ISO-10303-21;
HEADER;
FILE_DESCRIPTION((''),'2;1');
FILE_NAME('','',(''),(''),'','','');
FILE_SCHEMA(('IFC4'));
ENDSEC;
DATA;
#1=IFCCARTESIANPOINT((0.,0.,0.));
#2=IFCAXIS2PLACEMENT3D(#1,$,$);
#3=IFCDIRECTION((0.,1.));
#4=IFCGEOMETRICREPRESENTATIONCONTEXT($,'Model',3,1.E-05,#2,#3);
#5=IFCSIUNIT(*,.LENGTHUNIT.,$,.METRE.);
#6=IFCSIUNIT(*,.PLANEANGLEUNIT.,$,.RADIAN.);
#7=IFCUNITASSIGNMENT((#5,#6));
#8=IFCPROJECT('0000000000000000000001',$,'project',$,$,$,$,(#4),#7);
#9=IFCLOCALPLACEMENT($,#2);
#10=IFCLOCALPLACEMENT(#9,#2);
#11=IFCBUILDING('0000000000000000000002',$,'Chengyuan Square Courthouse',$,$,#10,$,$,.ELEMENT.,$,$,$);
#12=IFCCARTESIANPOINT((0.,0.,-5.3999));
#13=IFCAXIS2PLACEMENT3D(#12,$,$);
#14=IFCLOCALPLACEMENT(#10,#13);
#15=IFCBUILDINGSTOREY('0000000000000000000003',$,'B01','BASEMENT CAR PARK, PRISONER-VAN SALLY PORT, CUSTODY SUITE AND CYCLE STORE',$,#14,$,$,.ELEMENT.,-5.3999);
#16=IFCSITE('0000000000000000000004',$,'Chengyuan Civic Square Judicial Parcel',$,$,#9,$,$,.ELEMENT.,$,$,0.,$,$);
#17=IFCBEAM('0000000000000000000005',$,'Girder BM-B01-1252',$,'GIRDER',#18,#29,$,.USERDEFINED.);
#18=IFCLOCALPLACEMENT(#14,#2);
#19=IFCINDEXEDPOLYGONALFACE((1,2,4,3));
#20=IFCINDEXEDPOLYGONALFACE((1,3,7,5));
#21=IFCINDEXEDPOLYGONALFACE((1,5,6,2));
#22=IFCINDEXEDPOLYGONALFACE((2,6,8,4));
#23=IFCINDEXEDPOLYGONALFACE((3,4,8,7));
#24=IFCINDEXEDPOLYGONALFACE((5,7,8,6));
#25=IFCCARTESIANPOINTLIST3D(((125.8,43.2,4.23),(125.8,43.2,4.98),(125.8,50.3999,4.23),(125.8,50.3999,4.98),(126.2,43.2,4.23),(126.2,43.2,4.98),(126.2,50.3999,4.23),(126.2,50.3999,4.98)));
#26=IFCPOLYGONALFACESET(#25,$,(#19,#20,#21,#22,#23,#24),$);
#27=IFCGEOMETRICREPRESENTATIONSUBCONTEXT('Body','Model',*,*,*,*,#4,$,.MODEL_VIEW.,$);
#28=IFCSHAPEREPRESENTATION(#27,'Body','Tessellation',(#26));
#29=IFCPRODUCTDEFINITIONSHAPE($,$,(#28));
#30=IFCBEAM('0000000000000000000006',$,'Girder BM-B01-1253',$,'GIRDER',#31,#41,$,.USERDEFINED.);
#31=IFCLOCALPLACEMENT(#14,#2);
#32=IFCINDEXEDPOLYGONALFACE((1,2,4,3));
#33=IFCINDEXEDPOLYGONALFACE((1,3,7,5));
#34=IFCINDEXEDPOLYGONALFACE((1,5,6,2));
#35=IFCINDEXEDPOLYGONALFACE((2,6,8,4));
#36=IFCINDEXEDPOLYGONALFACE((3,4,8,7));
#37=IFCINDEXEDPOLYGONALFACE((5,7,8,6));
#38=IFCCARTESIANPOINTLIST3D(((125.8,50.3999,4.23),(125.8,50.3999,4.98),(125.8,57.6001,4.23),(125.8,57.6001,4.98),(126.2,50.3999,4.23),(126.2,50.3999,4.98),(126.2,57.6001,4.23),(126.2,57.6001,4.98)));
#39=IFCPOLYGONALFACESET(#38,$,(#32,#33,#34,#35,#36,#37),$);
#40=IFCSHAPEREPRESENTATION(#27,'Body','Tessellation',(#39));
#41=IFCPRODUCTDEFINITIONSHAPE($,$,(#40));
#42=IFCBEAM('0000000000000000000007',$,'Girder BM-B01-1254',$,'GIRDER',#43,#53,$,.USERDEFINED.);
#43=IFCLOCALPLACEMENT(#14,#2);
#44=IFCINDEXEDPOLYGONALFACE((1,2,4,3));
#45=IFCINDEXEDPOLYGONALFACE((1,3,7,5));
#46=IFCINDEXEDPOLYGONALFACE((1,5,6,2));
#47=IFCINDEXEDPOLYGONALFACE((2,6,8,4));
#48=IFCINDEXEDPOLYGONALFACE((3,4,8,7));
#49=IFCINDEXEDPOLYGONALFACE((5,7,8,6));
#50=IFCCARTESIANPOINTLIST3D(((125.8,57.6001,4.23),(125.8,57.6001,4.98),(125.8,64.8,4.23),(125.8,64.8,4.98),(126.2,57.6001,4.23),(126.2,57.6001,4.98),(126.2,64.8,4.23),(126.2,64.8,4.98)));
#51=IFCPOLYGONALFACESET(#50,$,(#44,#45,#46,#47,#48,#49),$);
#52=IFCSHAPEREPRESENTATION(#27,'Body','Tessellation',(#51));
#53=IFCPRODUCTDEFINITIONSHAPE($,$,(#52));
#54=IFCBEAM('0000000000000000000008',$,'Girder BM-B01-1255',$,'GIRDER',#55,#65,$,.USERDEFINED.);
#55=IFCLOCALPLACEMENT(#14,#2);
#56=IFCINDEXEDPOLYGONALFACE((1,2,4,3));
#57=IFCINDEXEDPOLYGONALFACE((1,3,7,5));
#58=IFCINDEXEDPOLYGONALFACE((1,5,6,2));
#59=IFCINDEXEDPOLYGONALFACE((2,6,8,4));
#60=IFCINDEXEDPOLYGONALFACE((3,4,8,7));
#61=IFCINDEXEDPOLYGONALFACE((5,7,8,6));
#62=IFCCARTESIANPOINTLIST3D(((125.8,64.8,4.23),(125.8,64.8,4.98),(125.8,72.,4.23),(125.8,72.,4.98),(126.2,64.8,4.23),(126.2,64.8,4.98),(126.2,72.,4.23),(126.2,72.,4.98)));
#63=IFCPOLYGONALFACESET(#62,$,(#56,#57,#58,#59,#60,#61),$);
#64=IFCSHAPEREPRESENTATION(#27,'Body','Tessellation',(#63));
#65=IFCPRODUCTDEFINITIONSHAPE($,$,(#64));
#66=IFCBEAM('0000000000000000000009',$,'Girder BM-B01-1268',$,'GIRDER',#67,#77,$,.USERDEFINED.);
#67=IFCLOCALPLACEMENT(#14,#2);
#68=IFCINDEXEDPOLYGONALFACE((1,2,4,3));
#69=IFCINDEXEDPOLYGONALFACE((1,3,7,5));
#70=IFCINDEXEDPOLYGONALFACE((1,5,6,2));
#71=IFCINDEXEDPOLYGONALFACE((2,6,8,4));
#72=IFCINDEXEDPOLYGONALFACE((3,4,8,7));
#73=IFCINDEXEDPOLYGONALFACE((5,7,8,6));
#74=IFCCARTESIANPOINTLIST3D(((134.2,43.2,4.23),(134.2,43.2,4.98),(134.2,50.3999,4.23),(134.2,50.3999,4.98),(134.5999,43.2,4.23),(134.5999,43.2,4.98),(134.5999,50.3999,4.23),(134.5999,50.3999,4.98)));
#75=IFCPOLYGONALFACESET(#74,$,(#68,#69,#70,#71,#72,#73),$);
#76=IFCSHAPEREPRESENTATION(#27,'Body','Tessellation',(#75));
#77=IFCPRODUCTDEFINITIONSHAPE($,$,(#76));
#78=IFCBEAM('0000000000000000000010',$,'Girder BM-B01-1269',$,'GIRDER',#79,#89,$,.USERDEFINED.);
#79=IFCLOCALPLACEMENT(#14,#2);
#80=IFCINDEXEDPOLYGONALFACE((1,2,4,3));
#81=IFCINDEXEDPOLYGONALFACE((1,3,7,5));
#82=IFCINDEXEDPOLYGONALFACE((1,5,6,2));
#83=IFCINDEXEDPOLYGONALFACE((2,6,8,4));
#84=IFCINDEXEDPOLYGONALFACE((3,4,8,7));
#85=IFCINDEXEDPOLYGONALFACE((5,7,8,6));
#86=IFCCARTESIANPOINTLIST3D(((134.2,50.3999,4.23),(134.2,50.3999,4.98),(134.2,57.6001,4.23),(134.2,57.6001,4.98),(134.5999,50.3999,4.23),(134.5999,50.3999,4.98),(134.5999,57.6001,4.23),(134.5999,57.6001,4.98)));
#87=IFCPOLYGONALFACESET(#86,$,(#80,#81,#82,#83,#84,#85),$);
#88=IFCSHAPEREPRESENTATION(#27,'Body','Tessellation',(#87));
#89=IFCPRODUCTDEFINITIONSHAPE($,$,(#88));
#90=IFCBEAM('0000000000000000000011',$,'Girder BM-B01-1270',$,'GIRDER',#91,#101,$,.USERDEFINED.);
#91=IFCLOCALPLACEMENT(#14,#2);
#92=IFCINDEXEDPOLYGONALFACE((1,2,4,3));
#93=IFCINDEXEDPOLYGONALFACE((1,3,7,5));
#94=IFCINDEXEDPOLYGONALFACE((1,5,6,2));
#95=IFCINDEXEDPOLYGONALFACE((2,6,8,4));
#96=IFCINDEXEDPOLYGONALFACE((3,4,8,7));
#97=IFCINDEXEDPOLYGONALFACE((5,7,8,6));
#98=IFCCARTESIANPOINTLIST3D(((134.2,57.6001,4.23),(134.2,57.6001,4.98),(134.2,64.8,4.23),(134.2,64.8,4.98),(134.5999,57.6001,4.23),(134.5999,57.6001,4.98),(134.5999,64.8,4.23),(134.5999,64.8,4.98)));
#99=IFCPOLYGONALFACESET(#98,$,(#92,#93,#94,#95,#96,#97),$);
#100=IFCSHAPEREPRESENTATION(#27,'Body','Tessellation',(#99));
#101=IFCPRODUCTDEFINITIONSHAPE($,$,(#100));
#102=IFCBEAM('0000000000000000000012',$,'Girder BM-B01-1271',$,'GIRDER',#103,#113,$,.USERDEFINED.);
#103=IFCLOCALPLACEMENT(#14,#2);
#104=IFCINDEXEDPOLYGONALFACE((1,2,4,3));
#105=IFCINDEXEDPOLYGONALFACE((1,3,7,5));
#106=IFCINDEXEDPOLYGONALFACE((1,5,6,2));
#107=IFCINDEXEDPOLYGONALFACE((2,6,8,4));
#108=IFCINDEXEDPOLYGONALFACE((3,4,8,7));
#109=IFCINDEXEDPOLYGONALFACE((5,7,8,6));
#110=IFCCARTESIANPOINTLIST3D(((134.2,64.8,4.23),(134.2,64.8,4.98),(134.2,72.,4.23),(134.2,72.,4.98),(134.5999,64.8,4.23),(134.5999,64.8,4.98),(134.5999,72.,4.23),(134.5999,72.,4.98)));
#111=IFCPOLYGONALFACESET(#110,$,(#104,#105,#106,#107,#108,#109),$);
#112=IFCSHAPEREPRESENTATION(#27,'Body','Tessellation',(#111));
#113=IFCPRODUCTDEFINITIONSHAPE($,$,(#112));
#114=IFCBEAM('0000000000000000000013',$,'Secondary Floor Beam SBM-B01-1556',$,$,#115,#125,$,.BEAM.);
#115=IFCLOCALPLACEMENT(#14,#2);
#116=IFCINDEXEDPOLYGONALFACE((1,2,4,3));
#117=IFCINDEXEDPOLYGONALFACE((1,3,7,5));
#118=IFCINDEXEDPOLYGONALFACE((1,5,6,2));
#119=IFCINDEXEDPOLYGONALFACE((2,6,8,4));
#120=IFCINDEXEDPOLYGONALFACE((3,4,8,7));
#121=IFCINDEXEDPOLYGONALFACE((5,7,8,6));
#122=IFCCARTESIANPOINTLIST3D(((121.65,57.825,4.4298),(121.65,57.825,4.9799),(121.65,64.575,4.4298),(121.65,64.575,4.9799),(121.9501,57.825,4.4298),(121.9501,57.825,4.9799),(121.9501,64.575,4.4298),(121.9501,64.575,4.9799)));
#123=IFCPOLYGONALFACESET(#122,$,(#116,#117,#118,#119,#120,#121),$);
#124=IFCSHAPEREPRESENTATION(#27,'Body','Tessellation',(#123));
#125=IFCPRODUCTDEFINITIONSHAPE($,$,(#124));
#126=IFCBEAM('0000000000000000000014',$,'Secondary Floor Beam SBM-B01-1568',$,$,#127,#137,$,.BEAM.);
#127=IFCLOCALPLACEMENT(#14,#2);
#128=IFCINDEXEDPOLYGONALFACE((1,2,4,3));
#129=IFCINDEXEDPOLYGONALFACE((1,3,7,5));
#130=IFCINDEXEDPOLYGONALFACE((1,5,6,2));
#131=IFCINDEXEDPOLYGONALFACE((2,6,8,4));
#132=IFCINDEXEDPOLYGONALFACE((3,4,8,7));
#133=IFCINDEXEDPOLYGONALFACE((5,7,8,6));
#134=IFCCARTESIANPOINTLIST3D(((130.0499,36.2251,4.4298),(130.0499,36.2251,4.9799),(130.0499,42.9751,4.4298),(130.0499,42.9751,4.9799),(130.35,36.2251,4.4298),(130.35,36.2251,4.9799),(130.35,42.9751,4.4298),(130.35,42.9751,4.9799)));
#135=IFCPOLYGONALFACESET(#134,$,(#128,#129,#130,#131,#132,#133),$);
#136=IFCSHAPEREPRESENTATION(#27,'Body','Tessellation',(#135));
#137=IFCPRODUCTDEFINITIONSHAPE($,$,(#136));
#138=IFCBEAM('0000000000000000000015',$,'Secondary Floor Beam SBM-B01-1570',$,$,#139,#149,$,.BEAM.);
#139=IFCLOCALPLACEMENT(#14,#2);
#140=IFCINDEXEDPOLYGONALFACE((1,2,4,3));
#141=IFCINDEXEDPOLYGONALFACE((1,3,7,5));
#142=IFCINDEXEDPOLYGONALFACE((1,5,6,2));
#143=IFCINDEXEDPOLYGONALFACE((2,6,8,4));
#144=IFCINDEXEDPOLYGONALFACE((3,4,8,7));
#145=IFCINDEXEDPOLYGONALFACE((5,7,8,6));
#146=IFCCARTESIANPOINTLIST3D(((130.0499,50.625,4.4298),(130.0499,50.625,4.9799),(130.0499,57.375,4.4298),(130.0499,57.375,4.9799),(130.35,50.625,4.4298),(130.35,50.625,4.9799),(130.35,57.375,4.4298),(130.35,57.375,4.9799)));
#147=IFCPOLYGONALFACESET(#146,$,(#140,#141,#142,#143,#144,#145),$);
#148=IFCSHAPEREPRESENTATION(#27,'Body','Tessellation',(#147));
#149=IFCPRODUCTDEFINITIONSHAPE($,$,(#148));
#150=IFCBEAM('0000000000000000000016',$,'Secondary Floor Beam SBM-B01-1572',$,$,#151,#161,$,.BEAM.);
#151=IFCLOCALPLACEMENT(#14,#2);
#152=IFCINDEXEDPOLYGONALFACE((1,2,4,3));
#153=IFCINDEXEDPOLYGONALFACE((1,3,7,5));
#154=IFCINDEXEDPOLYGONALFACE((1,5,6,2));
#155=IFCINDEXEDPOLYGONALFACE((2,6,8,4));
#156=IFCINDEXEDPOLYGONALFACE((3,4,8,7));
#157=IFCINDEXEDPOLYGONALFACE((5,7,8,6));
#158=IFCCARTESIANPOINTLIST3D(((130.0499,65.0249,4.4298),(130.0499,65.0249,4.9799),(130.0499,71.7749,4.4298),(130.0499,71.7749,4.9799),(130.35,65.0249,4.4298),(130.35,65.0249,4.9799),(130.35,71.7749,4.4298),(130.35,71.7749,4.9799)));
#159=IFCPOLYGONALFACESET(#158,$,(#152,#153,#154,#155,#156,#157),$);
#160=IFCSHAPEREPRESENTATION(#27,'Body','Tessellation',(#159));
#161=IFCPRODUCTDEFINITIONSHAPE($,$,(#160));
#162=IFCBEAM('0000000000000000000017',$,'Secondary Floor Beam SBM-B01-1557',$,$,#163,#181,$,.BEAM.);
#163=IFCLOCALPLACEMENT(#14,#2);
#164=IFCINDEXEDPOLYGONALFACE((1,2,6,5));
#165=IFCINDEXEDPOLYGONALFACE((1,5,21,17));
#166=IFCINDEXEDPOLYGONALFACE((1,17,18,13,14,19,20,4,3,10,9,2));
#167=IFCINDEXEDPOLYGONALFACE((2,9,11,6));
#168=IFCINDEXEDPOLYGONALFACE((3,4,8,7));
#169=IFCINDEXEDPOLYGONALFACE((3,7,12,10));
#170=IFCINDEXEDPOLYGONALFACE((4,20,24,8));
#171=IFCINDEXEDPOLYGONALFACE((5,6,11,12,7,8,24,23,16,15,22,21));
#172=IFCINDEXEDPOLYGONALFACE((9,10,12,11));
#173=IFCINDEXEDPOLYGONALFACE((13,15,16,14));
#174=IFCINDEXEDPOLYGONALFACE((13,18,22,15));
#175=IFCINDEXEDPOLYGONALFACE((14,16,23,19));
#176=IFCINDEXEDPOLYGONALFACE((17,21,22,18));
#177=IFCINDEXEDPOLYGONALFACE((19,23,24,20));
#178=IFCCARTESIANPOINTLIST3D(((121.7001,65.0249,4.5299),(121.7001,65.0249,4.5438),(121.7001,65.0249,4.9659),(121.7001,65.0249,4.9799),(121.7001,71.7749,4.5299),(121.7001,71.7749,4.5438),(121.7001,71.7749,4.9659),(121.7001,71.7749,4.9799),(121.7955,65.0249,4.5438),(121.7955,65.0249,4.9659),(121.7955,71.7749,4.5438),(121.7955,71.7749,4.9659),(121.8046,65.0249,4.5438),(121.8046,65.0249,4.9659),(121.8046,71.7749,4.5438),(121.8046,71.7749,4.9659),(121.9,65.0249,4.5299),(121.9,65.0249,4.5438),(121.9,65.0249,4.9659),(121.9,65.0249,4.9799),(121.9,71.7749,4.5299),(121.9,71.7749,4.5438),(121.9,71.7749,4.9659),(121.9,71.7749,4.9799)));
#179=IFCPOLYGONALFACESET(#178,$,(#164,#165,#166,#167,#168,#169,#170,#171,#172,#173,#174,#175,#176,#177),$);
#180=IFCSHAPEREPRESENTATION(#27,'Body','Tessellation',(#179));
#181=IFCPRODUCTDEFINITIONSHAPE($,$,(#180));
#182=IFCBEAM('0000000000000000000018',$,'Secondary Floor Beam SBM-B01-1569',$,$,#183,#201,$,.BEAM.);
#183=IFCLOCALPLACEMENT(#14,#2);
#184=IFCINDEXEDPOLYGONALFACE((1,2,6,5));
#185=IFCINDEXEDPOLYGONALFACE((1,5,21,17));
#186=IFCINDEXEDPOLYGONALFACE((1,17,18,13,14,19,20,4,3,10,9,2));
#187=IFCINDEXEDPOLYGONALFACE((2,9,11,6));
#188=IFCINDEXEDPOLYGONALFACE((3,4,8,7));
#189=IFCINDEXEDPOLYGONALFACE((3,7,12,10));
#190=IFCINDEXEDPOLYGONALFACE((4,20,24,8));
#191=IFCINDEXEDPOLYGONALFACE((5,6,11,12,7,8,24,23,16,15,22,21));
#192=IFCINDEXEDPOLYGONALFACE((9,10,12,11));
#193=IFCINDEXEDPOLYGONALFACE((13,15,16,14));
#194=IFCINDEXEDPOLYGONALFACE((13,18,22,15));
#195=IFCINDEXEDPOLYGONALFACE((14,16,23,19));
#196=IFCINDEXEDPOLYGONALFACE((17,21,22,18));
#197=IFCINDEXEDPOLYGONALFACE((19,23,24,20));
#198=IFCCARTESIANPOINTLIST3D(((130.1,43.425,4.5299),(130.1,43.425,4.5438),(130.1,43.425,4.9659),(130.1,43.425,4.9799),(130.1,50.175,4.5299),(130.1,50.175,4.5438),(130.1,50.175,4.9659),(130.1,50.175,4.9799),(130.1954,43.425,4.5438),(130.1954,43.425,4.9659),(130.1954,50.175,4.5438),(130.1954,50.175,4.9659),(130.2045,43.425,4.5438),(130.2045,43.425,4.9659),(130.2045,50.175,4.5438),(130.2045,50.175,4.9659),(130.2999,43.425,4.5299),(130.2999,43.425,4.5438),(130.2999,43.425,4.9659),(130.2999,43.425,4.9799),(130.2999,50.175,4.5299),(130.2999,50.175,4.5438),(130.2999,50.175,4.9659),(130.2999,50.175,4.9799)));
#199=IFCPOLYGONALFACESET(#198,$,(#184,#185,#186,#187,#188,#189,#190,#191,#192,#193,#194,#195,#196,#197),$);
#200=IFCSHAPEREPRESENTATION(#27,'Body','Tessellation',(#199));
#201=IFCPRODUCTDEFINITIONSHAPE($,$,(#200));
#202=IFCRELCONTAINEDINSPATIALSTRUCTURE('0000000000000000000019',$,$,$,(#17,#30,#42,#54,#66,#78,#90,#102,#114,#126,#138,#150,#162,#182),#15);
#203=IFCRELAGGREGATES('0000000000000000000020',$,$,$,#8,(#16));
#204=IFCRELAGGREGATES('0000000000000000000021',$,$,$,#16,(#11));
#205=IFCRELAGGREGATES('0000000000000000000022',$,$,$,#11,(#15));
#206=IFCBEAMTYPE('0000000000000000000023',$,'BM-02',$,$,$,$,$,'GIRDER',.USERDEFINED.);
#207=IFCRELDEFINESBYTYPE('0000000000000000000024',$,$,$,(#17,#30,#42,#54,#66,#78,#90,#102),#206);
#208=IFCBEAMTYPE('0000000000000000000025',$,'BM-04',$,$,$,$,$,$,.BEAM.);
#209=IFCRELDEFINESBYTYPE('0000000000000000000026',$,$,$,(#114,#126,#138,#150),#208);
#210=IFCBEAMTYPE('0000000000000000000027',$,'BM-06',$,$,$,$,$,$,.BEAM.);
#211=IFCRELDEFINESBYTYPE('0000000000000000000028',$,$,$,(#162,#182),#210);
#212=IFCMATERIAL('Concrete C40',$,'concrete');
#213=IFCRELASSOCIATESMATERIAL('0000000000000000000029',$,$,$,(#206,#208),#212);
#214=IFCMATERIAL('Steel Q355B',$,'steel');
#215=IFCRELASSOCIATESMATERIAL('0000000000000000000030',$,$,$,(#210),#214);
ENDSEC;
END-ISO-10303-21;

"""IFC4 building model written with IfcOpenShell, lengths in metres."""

from ifc_helpers import new_model, si_unit, direction, frame, origin, origin_2d, place, context, subcontext, project, spatial, rectangle, i_section, extrude, material, material_profile, profile_set, type_object, element, save


model = new_model("IFC4")

# Units and contexts
model_context = context("Model", 3, precision=1e-05, world=origin(), true_north=direction((0.0, 1.0)))
body_context = subcontext(model_context, "Body", "Model", "MODEL_VIEW")
ifc_project = project(units=[si_unit("LENGTHUNIT", "METRE"), si_unit("PLANEANGLEUNIT", "RADIAN")], contexts=[model_context])

# Site, building, storey
site_placement = place(None, origin())
site = spatial("IfcSite", under=ifc_project, at=site_placement, Name="Chengyuan Civic Square Judicial Parcel", CompositionType="ELEMENT", RefElevation=0.0)
building_placement = place(site_placement, origin())
building = spatial("IfcBuilding", under=site, at=building_placement, Name="Chengyuan Square Courthouse", CompositionType="ELEMENT")
storey_placement = place(building_placement, frame((0.0, 0.0, -5.3999)))
storey = spatial("IfcBuildingStorey", under=building, at=storey_placement, Name="B01", Description="BASEMENT CAR PARK, PRISONER-VAN SALLY PORT, CUSTODY SUITE AND CYCLE STORE", CompositionType="ELEMENT", Elevation=-5.3999)

# Beams
ifc_material_1 = material(Name="Concrete C40", Category="concrete")
ifc_material_profile_1 = material_profile(ifc_material_1, rectangle(XDim=0.3999, YDim=0.75, at=origin_2d()), Name="RC-BM-400x750")
ifc_profile_set_1 = profile_set([ifc_material_profile_1], Name="Concrete C40")
beam_type_1 = type_object("IfcBeamType", Name="BM-02", ElementType="GIRDER", PredefinedType="USERDEFINED", material=ifc_profile_set_1)
beam_1_placement = place(storey_placement, frame((126.0, 43.2, 4.605), z_axis=(0.0, 1.0, 0.0), x_axis=(-1.0, 0.0, 0.0)))
element("IfcBeam", 1, at=beam_1_placement, inside=storey, type_object=beam_type_1, Name="Girder BM-B01-1252", ObjectType="GIRDER", PredefinedType="USERDEFINED", context=body_context, shape_type="SweptSolid", body=[
    extrude(rectangle(XDim=0.3999, YDim=0.75, at=origin_2d()), origin(), (0.0, 0.0, 1.0), 7.2),
])
beam_2_placement = place(storey_placement, frame((126.0, 50.3999, 4.605), z_axis=(0.0, 1.0, 0.0), x_axis=(-1.0, 0.0, 0.0)))
element("IfcBeam", 2, at=beam_2_placement, inside=storey, type_object=beam_type_1, Name="Girder BM-B01-1253", ObjectType="GIRDER", PredefinedType="USERDEFINED", context=body_context, shape_type="SweptSolid", body=[
    extrude(rectangle(XDim=0.3999, YDim=0.75, at=origin_2d()), origin(), (0.0, 0.0, 1.0), 7.2002),
])
for number, where, z_axis, x_axis, name in (
    (3, (126.0, 57.6001, 4.605), (0.0, 1.0, 0.0), (-1.0, 0.0, 0.0), "Girder BM-B01-1254"),
    (4, (126.0, 64.8, 4.605), (0.0, 1.0, 0.0), (-1.0, 0.0, 0.0), "Girder BM-B01-1255"),
    (5, (134.3999, 43.2, 4.605), (0.0, 1.0, 0.0), (-1.0, 0.0, 0.0), "Girder BM-B01-1268"),
):
    element("IfcBeam", number, at=place(storey_placement, frame(where, z_axis=z_axis, x_axis=x_axis)), inside=storey, type_object=beam_type_1, Name=name, ObjectType="GIRDER", PredefinedType="USERDEFINED", context=body_context, shape_type="SweptSolid", body=[
        extrude(rectangle(XDim=0.3999, YDim=0.75, at=origin_2d()), origin(), (0.0, 0.0, 1.0), 7.2),
    ])
beam_3_placement = place(storey_placement, frame((134.3999, 50.3999, 4.605), z_axis=(0.0, 1.0, 0.0), x_axis=(-1.0, 0.0, 0.0)))
element("IfcBeam", 6, at=beam_3_placement, inside=storey, type_object=beam_type_1, Name="Girder BM-B01-1269", ObjectType="GIRDER", PredefinedType="USERDEFINED", context=body_context, shape_type="SweptSolid", body=[
    extrude(rectangle(XDim=0.3999, YDim=0.75, at=origin_2d()), origin(), (0.0, 0.0, 1.0), 7.2002),
])
for number, where, z_axis, x_axis, name in (
    (7, (134.3999, 57.6001, 4.605), (0.0, 1.0, 0.0), (-1.0, 0.0, 0.0), "Girder BM-B01-1270"),
    (8, (134.3999, 64.8, 4.605), (0.0, 1.0, 0.0), (-1.0, 0.0, 0.0), "Girder BM-B01-1271"),
):
    element("IfcBeam", number, at=place(storey_placement, frame(where, z_axis=z_axis, x_axis=x_axis)), inside=storey, type_object=beam_type_1, Name=name, ObjectType="GIRDER", PredefinedType="USERDEFINED", context=body_context, shape_type="SweptSolid", body=[
        extrude(rectangle(XDim=0.3999, YDim=0.75, at=origin_2d()), origin(), (0.0, 0.0, 1.0), 7.2),
    ])
ifc_material_profile_2 = material_profile(ifc_material_1, rectangle(XDim=0.3, YDim=0.55, at=origin_2d()), Name="RC-BM-300x550")
ifc_profile_set_2 = profile_set([ifc_material_profile_2], Name="Concrete C40")
beam_type_2 = type_object("IfcBeamType", Name="BM-04", PredefinedType="BEAM", material=ifc_profile_set_2)
for number, where, z_axis, x_axis, name in (
    (9, (121.8, 57.825, 4.7048), (0.0, 1.0, 0.0), (-1.0, 0.0, 0.0), "Secondary Floor Beam SBM-B01-1556"),
    (10, (130.2, 36.2251, 4.7048), (0.0, 1.0, 0.0), (-1.0, 0.0, 0.0), "Secondary Floor Beam SBM-B01-1568"),
    (11, (130.2, 50.625, 4.7048), (0.0, 1.0, 0.0), (-1.0, 0.0, 0.0), "Secondary Floor Beam SBM-B01-1570"),
    (12, (130.2, 65.0249, 4.7048), (0.0, 1.0, 0.0), (-1.0, 0.0, 0.0), "Secondary Floor Beam SBM-B01-1572"),
):
    element("IfcBeam", number, at=place(storey_placement, frame(where, z_axis=z_axis, x_axis=x_axis)), inside=storey, type_object=beam_type_2, Name=name, PredefinedType="BEAM", context=body_context, shape_type="SweptSolid", body=[
        extrude(rectangle(XDim=0.3, YDim=0.55, at=origin_2d()), origin(), (0.0, 0.0, 1.0), 6.75),
    ])
ifc_material_2 = material(Name="Steel Q355B", Category="steel")
ifc_material_profile_3 = material_profile(ifc_material_2, i_section(OverallWidth=0.2, OverallDepth=0.45, WebThickness=0.009, FlangeThickness=0.0139, at=origin_2d()), Name="HN 450x200x9x14")
ifc_profile_set_3 = profile_set([ifc_material_profile_3], Name="Steel Q355B")
beam_type_3 = type_object("IfcBeamType", Name="BM-06", PredefinedType="BEAM", material=ifc_profile_set_3)
for number, where, z_axis, x_axis, name in (
    (13, (121.8, 65.0249, 4.7549), (0.0, 1.0, 0.0), (-1.0, 0.0, 0.0), "Secondary Floor Beam SBM-B01-1557"),
    (14, (130.2, 43.425, 4.7549), (0.0, 1.0, 0.0), (-1.0, 0.0, 0.0), "Secondary Floor Beam SBM-B01-1569"),
):
    element("IfcBeam", number, at=place(storey_placement, frame(where, z_axis=z_axis, x_axis=x_axis)), inside=storey, type_object=beam_type_3, Name=name, PredefinedType="BEAM", context=body_context, shape_type="SweptSolid", body=[
        extrude(i_section(OverallWidth=0.2, OverallDepth=0.45, WebThickness=0.009, FlangeThickness=0.0139, at=origin_2d()), origin(), (0.0, 0.0, 1.0), 6.75),
    ])

save(model, "model.ifc")
